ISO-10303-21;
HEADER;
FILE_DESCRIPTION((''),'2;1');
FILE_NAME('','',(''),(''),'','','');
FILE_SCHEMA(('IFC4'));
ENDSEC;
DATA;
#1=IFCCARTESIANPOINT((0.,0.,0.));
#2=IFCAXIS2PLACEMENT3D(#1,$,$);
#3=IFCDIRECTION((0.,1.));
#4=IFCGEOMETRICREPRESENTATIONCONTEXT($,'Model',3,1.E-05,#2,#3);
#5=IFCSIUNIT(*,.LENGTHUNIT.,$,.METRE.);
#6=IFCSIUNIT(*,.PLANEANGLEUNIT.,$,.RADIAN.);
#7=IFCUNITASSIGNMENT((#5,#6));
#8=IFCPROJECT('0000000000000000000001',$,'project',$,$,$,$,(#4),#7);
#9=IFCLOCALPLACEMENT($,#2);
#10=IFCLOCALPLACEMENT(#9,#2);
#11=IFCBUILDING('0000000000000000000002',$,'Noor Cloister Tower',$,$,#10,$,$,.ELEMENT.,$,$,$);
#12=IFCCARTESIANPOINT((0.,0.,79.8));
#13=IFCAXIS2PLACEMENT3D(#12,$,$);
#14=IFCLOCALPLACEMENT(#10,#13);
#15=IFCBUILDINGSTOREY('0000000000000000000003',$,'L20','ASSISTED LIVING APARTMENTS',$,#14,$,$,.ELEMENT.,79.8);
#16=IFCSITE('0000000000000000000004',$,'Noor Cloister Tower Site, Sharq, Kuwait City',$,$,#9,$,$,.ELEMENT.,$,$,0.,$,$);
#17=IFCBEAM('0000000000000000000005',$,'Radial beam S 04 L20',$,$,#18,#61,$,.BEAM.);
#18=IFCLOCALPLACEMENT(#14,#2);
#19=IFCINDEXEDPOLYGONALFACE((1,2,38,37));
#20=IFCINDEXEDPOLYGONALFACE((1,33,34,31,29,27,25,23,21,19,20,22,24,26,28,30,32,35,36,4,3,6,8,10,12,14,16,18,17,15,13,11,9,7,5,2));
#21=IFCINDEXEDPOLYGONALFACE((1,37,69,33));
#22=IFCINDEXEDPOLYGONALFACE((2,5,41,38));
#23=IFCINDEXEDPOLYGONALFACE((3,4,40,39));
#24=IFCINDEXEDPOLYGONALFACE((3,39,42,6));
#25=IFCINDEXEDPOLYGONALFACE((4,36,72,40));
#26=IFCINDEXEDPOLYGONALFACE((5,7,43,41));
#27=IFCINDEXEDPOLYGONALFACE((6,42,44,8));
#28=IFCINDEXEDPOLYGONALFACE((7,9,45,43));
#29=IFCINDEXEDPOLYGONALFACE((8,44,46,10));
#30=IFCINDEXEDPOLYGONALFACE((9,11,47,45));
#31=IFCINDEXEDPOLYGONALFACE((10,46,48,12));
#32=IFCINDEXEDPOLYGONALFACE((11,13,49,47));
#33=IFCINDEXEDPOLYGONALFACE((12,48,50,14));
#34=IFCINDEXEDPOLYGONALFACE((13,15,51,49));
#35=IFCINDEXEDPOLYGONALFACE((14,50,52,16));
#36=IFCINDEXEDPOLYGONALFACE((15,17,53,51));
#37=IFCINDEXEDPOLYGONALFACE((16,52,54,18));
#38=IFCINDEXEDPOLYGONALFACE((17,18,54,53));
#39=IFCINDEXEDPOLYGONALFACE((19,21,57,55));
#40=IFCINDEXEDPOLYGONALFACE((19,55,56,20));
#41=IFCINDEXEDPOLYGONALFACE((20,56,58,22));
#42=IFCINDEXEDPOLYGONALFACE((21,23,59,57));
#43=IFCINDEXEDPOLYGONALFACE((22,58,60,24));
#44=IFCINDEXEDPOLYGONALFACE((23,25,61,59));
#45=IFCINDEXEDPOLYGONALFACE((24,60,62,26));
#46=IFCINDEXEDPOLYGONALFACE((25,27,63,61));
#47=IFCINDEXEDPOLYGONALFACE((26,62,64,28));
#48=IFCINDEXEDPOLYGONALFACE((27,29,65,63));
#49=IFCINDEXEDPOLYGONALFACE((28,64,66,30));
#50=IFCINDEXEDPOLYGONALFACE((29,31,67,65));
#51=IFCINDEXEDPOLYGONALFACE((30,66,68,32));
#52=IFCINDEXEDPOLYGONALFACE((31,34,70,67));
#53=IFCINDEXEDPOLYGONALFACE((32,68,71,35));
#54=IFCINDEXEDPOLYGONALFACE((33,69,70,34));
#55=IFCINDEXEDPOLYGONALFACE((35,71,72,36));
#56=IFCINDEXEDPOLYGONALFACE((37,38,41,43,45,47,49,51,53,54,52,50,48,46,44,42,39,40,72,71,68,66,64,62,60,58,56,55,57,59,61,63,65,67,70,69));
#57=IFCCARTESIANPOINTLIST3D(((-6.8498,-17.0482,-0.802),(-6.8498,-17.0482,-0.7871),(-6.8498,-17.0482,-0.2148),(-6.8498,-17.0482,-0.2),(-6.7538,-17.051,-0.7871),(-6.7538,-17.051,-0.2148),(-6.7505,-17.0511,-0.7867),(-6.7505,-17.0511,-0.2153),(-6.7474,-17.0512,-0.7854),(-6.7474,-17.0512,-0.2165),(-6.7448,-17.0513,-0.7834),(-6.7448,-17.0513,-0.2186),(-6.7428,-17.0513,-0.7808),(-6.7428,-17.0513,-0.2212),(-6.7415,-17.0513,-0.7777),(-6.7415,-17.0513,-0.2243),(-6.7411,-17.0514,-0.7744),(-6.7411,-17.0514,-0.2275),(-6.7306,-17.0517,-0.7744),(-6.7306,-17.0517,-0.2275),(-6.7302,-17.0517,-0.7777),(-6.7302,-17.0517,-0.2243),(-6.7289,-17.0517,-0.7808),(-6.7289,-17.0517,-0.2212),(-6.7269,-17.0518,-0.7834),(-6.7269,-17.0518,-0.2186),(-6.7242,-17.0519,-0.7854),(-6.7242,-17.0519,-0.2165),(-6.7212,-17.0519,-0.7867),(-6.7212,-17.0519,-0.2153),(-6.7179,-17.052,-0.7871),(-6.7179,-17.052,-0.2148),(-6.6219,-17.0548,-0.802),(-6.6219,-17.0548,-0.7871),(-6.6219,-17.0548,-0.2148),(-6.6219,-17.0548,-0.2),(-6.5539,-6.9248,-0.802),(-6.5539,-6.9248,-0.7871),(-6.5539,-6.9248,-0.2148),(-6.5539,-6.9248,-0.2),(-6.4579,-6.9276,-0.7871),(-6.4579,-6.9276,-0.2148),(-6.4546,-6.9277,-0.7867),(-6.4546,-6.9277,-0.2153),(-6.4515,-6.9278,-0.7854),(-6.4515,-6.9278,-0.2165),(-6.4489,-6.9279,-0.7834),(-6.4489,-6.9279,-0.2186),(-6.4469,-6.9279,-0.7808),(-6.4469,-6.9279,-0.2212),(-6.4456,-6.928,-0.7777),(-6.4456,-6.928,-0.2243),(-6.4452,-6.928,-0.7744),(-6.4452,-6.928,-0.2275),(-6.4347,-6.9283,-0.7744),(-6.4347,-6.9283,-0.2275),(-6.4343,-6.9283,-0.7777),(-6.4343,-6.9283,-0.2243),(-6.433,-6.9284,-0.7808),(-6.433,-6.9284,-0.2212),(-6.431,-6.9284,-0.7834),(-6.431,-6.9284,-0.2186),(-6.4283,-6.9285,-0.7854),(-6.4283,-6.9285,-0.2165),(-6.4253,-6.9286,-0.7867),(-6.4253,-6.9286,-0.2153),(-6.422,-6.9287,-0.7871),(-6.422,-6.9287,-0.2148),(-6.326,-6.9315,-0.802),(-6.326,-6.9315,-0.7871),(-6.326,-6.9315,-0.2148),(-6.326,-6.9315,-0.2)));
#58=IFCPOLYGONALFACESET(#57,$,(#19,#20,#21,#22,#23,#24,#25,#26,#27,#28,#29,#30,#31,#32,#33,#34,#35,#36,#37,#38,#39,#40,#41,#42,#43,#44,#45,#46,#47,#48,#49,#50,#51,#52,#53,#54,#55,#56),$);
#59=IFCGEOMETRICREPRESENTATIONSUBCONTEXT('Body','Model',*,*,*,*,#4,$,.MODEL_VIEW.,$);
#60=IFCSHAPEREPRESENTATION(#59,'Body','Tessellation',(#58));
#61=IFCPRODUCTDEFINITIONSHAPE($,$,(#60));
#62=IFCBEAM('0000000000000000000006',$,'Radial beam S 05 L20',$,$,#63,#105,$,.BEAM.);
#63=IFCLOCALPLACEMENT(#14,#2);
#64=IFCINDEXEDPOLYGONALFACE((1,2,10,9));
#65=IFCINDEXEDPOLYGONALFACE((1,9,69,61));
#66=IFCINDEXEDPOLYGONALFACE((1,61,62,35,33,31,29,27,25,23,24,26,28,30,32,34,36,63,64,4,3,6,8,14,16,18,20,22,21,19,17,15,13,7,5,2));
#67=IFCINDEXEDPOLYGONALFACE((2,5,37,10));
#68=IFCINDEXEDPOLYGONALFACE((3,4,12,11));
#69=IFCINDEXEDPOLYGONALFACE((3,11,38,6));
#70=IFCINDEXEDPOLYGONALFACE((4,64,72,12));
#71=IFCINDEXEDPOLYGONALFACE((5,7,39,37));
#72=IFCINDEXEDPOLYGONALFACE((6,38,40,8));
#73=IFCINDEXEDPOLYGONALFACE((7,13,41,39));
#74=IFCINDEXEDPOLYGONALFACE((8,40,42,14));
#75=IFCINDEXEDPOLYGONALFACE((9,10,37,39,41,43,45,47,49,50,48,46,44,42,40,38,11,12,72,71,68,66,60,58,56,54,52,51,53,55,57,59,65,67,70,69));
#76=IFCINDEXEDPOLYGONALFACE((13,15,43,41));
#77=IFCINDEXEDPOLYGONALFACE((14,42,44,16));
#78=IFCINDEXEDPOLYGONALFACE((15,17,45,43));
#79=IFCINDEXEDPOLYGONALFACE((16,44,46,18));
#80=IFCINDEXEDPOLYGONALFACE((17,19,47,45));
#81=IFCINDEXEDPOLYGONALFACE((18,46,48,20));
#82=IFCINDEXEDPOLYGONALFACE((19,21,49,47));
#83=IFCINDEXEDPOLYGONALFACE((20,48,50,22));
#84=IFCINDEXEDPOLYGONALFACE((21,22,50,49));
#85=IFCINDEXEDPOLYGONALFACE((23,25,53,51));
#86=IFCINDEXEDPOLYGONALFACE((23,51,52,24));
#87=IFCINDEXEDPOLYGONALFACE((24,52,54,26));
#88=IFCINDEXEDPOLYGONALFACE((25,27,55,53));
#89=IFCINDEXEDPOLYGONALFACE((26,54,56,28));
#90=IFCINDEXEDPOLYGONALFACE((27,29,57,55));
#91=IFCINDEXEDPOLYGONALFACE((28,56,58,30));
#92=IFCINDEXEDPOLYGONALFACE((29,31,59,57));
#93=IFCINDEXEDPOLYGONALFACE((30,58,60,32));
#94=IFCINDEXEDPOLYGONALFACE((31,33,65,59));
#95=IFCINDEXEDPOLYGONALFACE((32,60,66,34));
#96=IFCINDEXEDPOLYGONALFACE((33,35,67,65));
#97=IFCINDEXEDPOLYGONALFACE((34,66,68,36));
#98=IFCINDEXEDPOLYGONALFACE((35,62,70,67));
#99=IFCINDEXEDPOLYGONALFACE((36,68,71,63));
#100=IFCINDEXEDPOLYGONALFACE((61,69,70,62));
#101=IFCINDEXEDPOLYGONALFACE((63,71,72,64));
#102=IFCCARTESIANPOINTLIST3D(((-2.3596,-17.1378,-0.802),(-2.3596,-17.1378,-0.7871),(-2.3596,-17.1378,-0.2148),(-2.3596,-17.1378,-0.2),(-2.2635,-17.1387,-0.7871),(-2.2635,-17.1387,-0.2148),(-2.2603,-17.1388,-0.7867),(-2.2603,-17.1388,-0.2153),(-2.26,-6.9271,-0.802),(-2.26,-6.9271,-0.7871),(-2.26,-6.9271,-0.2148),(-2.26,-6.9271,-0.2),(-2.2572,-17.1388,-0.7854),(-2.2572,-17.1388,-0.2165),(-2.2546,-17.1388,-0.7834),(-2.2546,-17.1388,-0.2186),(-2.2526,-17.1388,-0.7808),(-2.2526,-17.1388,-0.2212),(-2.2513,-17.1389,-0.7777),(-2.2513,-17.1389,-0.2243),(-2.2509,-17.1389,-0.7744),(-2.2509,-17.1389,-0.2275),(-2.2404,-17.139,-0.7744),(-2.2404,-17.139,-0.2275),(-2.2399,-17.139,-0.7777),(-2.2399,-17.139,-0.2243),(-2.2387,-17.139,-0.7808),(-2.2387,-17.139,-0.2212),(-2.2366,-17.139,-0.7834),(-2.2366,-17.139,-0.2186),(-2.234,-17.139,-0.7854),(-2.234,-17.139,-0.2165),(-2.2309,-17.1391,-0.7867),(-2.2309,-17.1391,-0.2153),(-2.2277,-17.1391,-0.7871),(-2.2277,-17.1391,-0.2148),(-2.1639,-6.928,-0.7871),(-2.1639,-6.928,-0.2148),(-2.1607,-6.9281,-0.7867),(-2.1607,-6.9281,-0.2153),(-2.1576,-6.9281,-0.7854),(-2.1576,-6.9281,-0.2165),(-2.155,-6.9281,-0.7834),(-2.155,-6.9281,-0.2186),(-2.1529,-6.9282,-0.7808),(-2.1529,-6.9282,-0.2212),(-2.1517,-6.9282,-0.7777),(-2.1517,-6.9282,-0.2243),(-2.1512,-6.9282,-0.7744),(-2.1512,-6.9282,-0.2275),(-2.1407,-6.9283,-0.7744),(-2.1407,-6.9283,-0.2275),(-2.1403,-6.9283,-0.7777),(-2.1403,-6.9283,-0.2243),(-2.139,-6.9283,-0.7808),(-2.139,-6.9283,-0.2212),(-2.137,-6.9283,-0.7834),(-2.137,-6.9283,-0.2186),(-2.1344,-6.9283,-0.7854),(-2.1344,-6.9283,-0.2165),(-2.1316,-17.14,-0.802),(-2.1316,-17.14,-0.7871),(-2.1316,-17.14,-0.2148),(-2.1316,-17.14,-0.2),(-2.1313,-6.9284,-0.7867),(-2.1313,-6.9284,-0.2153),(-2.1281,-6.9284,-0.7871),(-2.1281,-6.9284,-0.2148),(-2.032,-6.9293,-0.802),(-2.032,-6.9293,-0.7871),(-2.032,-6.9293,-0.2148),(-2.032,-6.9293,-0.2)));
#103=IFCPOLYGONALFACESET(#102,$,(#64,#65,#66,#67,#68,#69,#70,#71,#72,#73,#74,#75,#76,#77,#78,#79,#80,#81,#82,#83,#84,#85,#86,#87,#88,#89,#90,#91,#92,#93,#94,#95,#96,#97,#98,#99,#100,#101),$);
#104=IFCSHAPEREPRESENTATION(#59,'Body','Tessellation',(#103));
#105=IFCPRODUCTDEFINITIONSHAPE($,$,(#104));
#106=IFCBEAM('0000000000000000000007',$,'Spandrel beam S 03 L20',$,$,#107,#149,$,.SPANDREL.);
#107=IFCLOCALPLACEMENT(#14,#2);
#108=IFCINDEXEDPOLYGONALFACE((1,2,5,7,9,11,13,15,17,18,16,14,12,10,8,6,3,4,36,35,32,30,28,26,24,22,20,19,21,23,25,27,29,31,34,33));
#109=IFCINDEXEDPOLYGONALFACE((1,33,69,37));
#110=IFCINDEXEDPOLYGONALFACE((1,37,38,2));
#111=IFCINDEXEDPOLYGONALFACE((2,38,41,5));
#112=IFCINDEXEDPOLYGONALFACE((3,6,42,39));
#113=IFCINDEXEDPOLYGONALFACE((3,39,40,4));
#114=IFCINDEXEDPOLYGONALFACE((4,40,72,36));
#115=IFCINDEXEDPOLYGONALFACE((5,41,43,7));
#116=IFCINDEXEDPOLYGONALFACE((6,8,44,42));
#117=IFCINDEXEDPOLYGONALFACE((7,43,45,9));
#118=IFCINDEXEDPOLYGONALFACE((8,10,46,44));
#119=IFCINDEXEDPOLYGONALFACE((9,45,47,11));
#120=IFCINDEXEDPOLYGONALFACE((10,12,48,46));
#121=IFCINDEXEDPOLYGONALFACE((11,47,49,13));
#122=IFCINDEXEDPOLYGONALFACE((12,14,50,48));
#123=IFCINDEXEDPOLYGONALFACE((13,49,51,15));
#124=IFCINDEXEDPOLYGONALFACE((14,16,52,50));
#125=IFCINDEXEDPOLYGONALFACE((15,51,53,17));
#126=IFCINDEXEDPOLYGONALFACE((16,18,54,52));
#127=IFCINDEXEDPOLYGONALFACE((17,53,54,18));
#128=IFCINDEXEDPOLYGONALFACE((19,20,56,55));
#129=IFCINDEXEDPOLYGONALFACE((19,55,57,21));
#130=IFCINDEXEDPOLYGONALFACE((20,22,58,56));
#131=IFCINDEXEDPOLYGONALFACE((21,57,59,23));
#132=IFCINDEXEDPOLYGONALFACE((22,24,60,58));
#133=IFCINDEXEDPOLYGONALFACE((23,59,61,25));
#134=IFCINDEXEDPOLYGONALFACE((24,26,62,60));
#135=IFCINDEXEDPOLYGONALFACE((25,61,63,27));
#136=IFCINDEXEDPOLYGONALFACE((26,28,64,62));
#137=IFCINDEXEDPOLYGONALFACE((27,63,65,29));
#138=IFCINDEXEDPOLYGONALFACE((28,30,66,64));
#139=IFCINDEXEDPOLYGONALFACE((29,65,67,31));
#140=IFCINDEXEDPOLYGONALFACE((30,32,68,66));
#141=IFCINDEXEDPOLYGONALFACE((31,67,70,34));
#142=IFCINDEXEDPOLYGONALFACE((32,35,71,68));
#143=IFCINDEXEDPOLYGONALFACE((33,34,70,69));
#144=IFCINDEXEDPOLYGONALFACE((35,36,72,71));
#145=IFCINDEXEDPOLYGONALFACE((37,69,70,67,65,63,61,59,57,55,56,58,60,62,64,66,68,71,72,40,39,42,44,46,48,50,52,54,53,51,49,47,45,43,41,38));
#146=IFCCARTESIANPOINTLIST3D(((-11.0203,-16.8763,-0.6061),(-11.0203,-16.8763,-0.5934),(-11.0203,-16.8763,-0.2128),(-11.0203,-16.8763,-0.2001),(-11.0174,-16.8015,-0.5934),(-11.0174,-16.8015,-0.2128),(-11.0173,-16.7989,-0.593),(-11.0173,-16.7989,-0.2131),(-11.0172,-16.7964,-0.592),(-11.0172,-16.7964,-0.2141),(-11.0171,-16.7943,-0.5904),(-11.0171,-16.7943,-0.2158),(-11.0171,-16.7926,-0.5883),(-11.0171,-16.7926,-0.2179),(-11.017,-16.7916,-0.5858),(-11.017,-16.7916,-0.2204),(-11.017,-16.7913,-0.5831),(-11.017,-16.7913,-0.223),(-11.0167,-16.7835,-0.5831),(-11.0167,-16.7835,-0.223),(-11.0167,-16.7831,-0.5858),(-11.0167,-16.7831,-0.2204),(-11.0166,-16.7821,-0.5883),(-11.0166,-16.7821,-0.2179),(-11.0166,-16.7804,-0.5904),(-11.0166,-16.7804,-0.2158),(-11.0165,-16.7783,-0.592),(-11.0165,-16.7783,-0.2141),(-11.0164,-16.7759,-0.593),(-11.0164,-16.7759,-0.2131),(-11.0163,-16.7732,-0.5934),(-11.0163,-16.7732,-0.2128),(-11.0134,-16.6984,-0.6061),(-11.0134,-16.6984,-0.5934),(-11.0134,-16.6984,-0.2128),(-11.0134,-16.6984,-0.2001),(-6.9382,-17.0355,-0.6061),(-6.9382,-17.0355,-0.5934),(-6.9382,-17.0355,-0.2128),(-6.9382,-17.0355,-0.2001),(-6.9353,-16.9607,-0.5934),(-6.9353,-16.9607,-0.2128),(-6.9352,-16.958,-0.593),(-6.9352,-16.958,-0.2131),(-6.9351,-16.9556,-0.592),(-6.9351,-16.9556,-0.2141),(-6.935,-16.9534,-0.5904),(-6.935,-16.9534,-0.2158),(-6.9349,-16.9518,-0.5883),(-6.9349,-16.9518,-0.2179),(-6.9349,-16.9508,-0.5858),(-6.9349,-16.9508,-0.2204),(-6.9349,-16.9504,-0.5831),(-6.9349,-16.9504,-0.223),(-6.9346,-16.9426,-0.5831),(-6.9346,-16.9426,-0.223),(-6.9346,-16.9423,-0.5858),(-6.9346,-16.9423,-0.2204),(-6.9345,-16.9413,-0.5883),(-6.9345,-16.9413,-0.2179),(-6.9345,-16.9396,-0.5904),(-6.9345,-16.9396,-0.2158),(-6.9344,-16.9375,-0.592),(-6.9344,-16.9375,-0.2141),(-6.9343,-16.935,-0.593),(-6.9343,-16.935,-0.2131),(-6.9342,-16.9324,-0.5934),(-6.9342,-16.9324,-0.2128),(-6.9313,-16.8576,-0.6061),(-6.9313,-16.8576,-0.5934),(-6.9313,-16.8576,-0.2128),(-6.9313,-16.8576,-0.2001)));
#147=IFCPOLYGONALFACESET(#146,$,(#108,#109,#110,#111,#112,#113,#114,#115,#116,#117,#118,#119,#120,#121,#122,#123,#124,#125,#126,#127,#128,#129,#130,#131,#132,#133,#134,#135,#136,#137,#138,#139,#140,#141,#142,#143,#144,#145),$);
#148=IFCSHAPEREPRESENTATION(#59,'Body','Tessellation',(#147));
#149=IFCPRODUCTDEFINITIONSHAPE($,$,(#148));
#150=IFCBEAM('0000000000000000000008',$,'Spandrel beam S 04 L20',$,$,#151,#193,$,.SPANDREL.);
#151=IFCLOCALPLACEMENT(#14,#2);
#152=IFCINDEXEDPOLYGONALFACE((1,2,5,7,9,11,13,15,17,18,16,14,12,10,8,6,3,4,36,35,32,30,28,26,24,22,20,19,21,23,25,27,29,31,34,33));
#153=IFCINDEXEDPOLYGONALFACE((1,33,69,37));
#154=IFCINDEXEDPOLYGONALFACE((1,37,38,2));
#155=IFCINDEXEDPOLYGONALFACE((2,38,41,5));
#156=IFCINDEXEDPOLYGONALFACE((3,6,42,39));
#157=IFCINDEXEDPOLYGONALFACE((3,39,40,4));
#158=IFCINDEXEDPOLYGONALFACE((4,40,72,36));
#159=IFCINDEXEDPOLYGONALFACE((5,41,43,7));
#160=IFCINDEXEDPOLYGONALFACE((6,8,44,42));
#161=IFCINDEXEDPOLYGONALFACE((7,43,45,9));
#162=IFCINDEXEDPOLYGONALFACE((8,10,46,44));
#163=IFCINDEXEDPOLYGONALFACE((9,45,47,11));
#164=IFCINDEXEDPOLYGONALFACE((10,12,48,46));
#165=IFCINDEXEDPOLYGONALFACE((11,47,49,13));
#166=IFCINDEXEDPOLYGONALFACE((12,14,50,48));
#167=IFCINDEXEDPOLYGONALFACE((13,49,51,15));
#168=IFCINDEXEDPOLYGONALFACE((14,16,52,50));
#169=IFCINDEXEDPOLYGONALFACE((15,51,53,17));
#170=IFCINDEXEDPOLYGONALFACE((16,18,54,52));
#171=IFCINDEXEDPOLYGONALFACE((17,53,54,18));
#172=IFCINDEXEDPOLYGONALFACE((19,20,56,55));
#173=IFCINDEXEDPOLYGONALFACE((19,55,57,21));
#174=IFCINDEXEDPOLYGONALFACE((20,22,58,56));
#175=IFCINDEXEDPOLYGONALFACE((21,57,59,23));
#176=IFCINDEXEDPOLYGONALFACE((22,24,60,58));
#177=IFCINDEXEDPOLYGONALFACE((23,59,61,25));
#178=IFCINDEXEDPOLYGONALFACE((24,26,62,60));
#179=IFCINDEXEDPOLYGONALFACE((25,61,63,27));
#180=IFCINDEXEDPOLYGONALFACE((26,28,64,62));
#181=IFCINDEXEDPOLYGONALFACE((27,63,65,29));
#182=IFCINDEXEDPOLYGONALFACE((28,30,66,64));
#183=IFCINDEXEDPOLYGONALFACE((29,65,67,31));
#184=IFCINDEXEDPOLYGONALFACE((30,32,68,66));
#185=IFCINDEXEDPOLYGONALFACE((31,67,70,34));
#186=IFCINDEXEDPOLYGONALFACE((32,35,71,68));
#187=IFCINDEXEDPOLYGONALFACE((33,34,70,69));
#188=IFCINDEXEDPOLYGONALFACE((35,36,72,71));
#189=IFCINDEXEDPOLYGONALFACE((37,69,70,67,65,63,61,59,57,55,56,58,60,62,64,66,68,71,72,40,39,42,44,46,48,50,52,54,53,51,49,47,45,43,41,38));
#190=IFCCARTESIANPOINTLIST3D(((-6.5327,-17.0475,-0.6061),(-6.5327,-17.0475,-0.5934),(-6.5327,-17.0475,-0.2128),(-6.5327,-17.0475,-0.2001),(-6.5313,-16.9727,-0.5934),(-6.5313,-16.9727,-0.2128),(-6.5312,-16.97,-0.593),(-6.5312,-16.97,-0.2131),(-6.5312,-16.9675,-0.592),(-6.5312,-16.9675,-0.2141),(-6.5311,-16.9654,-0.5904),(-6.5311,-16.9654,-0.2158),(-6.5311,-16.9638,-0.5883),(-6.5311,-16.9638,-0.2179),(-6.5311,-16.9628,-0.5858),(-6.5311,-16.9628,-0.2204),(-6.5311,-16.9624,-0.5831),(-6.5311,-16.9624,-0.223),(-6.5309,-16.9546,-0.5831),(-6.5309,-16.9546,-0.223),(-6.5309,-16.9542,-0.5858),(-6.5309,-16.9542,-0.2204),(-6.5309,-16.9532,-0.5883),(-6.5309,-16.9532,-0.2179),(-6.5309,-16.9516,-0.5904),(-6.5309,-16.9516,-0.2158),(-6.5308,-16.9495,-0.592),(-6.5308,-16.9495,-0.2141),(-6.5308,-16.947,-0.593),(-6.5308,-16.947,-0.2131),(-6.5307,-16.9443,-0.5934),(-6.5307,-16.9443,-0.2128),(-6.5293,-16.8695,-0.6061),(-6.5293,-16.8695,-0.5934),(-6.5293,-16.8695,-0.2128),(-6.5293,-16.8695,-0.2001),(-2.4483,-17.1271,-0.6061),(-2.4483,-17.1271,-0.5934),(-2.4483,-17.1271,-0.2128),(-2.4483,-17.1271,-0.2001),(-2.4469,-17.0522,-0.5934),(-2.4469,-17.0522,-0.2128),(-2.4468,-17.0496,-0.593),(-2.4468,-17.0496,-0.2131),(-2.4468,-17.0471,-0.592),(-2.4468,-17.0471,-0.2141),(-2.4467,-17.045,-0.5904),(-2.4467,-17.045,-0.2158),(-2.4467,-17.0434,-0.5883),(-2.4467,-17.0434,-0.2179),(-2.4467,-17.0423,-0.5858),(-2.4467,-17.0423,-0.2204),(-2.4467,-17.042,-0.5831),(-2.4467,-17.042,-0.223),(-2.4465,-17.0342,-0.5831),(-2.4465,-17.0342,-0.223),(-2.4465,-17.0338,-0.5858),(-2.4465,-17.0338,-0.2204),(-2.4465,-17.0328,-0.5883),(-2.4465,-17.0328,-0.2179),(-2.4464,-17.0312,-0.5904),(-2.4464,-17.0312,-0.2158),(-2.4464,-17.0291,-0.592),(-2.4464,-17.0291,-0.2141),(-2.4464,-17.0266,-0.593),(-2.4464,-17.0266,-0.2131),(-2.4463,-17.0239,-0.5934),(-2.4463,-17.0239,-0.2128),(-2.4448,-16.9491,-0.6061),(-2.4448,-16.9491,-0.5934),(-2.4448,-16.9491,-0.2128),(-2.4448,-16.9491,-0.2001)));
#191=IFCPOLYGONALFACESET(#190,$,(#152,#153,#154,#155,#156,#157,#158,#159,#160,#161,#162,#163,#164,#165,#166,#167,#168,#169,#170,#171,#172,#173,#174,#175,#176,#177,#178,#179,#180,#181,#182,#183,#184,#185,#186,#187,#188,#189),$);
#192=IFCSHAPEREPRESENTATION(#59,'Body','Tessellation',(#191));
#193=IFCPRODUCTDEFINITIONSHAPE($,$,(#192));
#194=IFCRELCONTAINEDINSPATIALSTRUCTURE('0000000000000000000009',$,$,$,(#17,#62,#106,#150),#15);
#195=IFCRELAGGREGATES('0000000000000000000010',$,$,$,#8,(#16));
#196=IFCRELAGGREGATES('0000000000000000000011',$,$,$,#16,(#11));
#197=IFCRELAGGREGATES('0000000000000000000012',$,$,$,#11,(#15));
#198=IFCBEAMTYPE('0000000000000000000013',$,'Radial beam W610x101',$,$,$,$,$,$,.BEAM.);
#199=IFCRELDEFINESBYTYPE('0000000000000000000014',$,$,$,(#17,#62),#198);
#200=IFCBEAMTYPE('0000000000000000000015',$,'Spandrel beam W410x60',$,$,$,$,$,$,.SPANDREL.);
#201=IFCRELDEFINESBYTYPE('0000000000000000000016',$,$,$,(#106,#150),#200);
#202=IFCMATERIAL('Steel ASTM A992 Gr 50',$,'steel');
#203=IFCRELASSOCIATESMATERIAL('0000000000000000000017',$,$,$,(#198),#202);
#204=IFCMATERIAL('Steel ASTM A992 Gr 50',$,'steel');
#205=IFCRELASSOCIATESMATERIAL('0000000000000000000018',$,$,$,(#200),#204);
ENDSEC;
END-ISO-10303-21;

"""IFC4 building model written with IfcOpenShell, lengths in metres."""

from ifc_helpers import new_model, si_unit, direction, frame, origin, origin_2d, place, context, subcontext, project, spatial, i_section, extrude, material, material_profile, profile_set, type_object, element, save


model = new_model("IFC4")

# Units and contexts
model_context = context("Model", 3, precision=1e-05, world=origin(), true_north=direction((0.0, 1.0)))
body_context = subcontext(model_context, "Body", "Model", "MODEL_VIEW")
ifc_project = project(units=[si_unit("LENGTHUNIT", "METRE"), si_unit("PLANEANGLEUNIT", "RADIAN")], contexts=[model_context])

# Site, building, storey
site_placement = place(None, origin())
site = spatial("IfcSite", under=ifc_project, at=site_placement, Name="Noor Cloister Tower Site, Sharq, Kuwait City", CompositionType="ELEMENT", RefElevation=0.0)
building_placement = place(site_placement, origin())
building = spatial("IfcBuilding", under=site, at=building_placement, Name="Noor Cloister Tower", CompositionType="ELEMENT")
storey_placement = place(building_placement, frame((0.0, 0.0, 79.8)))
storey = spatial("IfcBuildingStorey", under=building, at=storey_placement, Name="L20", Description="ASSISTED LIVING APARTMENTS", CompositionType="ELEMENT", Elevation=79.8)

# Beams
ifc_material_1 = material(Name="Steel ASTM A992 Gr 50", Category="steel")
ifc_material_profile_1 = material_profile(ifc_material_1, i_section(OverallWidth=0.228, OverallDepth=0.6021, WebThickness=0.0105, FlangeThickness=0.0149, FilletRadius=0.0127, at=origin_2d()), Name="W610x101")
ifc_profile_set_1 = profile_set([ifc_material_profile_1], Name="Steel ASTM A992 Gr 50")
beam_type_1 = type_object("IfcBeamType", Name="Radial beam W610x101", PredefinedType="BEAM", material=ifc_profile_set_1)
beam_1_placement = place(storey_placement, frame((-6.7358, -17.0515, -0.501), z_axis=(0.029217, 0.999573, 0.0), x_axis=(-0.999573, 0.029217, 0.0)))
element("IfcBeam", 1, at=beam_1_placement, inside=storey, type_object=beam_type_1, Name="Radial beam S 04 L20", PredefinedType="BEAM", context=body_context, shape_type="SweptSolid", body=[
    extrude(i_section(OverallWidth=0.228, OverallDepth=0.6021, WebThickness=0.0105, FlangeThickness=0.0149, FilletRadius=0.0127, at=origin_2d()), origin(), (0.0, 0.0, 1.0), 10.1277),
])
beam_2_placement = place(storey_placement, frame((-2.2456, -17.1389, -0.501), z_axis=(0.009755, 0.999952, 0.0), x_axis=(-0.999952, 0.009755, 0.0)))
element("IfcBeam", 2, at=beam_2_placement, inside=storey, type_object=beam_type_1, Name="Radial beam S 05 L20", PredefinedType="BEAM", context=body_context, shape_type="SweptSolid", body=[
    extrude(i_section(OverallWidth=0.228, OverallDepth=0.6021, WebThickness=0.0105, FlangeThickness=0.0149, FilletRadius=0.0127, at=origin_2d()), origin(), (0.0, 0.0, 1.0), 10.2112),
])
ifc_material_2 = material(Name="Steel ASTM A992 Gr 50", Category="steel")
ifc_material_profile_2 = material_profile(ifc_material_2, i_section(OverallWidth=0.178, OverallDepth=0.406, WebThickness=0.0078, FlangeThickness=0.0127, FilletRadius=0.0103, at=origin_2d()), Name="W410x60")
ifc_profile_set_2 = profile_set([ifc_material_profile_2], Name="Steel ASTM A992 Gr 50")
beam_type_2 = type_object("IfcBeamType", Name="Spandrel beam W410x60", PredefinedType="SPANDREL", material=ifc_profile_set_2)
for number, where, z_axis, x_axis, name in (
    (3, (-11.0168, -16.7874, -0.4031), (0.999241, -0.038966, 0.0), (0.038966, 0.999241, 0.0), "Spandrel beam S 03 L20"),
    (4, (-6.531, -16.9585, -0.4031), (0.99981, -0.019482, 0.0), (0.019482, 0.99981, 0.0), "Spandrel beam S 04 L20"),
):
    element("IfcBeam", number, at=place(storey_placement, frame(where, z_axis=z_axis, x_axis=x_axis)), inside=storey, type_object=beam_type_2, Name=name, PredefinedType="SPANDREL", context=body_context, shape_type="SweptSolid", body=[
        extrude(i_section(OverallWidth=0.178, OverallDepth=0.406, WebThickness=0.0078, FlangeThickness=0.0127, FilletRadius=0.0103, at=origin_2d()), origin(), (0.0, 0.0, 1.0), 4.0852),
    ])

save(model, "model.ifc")
